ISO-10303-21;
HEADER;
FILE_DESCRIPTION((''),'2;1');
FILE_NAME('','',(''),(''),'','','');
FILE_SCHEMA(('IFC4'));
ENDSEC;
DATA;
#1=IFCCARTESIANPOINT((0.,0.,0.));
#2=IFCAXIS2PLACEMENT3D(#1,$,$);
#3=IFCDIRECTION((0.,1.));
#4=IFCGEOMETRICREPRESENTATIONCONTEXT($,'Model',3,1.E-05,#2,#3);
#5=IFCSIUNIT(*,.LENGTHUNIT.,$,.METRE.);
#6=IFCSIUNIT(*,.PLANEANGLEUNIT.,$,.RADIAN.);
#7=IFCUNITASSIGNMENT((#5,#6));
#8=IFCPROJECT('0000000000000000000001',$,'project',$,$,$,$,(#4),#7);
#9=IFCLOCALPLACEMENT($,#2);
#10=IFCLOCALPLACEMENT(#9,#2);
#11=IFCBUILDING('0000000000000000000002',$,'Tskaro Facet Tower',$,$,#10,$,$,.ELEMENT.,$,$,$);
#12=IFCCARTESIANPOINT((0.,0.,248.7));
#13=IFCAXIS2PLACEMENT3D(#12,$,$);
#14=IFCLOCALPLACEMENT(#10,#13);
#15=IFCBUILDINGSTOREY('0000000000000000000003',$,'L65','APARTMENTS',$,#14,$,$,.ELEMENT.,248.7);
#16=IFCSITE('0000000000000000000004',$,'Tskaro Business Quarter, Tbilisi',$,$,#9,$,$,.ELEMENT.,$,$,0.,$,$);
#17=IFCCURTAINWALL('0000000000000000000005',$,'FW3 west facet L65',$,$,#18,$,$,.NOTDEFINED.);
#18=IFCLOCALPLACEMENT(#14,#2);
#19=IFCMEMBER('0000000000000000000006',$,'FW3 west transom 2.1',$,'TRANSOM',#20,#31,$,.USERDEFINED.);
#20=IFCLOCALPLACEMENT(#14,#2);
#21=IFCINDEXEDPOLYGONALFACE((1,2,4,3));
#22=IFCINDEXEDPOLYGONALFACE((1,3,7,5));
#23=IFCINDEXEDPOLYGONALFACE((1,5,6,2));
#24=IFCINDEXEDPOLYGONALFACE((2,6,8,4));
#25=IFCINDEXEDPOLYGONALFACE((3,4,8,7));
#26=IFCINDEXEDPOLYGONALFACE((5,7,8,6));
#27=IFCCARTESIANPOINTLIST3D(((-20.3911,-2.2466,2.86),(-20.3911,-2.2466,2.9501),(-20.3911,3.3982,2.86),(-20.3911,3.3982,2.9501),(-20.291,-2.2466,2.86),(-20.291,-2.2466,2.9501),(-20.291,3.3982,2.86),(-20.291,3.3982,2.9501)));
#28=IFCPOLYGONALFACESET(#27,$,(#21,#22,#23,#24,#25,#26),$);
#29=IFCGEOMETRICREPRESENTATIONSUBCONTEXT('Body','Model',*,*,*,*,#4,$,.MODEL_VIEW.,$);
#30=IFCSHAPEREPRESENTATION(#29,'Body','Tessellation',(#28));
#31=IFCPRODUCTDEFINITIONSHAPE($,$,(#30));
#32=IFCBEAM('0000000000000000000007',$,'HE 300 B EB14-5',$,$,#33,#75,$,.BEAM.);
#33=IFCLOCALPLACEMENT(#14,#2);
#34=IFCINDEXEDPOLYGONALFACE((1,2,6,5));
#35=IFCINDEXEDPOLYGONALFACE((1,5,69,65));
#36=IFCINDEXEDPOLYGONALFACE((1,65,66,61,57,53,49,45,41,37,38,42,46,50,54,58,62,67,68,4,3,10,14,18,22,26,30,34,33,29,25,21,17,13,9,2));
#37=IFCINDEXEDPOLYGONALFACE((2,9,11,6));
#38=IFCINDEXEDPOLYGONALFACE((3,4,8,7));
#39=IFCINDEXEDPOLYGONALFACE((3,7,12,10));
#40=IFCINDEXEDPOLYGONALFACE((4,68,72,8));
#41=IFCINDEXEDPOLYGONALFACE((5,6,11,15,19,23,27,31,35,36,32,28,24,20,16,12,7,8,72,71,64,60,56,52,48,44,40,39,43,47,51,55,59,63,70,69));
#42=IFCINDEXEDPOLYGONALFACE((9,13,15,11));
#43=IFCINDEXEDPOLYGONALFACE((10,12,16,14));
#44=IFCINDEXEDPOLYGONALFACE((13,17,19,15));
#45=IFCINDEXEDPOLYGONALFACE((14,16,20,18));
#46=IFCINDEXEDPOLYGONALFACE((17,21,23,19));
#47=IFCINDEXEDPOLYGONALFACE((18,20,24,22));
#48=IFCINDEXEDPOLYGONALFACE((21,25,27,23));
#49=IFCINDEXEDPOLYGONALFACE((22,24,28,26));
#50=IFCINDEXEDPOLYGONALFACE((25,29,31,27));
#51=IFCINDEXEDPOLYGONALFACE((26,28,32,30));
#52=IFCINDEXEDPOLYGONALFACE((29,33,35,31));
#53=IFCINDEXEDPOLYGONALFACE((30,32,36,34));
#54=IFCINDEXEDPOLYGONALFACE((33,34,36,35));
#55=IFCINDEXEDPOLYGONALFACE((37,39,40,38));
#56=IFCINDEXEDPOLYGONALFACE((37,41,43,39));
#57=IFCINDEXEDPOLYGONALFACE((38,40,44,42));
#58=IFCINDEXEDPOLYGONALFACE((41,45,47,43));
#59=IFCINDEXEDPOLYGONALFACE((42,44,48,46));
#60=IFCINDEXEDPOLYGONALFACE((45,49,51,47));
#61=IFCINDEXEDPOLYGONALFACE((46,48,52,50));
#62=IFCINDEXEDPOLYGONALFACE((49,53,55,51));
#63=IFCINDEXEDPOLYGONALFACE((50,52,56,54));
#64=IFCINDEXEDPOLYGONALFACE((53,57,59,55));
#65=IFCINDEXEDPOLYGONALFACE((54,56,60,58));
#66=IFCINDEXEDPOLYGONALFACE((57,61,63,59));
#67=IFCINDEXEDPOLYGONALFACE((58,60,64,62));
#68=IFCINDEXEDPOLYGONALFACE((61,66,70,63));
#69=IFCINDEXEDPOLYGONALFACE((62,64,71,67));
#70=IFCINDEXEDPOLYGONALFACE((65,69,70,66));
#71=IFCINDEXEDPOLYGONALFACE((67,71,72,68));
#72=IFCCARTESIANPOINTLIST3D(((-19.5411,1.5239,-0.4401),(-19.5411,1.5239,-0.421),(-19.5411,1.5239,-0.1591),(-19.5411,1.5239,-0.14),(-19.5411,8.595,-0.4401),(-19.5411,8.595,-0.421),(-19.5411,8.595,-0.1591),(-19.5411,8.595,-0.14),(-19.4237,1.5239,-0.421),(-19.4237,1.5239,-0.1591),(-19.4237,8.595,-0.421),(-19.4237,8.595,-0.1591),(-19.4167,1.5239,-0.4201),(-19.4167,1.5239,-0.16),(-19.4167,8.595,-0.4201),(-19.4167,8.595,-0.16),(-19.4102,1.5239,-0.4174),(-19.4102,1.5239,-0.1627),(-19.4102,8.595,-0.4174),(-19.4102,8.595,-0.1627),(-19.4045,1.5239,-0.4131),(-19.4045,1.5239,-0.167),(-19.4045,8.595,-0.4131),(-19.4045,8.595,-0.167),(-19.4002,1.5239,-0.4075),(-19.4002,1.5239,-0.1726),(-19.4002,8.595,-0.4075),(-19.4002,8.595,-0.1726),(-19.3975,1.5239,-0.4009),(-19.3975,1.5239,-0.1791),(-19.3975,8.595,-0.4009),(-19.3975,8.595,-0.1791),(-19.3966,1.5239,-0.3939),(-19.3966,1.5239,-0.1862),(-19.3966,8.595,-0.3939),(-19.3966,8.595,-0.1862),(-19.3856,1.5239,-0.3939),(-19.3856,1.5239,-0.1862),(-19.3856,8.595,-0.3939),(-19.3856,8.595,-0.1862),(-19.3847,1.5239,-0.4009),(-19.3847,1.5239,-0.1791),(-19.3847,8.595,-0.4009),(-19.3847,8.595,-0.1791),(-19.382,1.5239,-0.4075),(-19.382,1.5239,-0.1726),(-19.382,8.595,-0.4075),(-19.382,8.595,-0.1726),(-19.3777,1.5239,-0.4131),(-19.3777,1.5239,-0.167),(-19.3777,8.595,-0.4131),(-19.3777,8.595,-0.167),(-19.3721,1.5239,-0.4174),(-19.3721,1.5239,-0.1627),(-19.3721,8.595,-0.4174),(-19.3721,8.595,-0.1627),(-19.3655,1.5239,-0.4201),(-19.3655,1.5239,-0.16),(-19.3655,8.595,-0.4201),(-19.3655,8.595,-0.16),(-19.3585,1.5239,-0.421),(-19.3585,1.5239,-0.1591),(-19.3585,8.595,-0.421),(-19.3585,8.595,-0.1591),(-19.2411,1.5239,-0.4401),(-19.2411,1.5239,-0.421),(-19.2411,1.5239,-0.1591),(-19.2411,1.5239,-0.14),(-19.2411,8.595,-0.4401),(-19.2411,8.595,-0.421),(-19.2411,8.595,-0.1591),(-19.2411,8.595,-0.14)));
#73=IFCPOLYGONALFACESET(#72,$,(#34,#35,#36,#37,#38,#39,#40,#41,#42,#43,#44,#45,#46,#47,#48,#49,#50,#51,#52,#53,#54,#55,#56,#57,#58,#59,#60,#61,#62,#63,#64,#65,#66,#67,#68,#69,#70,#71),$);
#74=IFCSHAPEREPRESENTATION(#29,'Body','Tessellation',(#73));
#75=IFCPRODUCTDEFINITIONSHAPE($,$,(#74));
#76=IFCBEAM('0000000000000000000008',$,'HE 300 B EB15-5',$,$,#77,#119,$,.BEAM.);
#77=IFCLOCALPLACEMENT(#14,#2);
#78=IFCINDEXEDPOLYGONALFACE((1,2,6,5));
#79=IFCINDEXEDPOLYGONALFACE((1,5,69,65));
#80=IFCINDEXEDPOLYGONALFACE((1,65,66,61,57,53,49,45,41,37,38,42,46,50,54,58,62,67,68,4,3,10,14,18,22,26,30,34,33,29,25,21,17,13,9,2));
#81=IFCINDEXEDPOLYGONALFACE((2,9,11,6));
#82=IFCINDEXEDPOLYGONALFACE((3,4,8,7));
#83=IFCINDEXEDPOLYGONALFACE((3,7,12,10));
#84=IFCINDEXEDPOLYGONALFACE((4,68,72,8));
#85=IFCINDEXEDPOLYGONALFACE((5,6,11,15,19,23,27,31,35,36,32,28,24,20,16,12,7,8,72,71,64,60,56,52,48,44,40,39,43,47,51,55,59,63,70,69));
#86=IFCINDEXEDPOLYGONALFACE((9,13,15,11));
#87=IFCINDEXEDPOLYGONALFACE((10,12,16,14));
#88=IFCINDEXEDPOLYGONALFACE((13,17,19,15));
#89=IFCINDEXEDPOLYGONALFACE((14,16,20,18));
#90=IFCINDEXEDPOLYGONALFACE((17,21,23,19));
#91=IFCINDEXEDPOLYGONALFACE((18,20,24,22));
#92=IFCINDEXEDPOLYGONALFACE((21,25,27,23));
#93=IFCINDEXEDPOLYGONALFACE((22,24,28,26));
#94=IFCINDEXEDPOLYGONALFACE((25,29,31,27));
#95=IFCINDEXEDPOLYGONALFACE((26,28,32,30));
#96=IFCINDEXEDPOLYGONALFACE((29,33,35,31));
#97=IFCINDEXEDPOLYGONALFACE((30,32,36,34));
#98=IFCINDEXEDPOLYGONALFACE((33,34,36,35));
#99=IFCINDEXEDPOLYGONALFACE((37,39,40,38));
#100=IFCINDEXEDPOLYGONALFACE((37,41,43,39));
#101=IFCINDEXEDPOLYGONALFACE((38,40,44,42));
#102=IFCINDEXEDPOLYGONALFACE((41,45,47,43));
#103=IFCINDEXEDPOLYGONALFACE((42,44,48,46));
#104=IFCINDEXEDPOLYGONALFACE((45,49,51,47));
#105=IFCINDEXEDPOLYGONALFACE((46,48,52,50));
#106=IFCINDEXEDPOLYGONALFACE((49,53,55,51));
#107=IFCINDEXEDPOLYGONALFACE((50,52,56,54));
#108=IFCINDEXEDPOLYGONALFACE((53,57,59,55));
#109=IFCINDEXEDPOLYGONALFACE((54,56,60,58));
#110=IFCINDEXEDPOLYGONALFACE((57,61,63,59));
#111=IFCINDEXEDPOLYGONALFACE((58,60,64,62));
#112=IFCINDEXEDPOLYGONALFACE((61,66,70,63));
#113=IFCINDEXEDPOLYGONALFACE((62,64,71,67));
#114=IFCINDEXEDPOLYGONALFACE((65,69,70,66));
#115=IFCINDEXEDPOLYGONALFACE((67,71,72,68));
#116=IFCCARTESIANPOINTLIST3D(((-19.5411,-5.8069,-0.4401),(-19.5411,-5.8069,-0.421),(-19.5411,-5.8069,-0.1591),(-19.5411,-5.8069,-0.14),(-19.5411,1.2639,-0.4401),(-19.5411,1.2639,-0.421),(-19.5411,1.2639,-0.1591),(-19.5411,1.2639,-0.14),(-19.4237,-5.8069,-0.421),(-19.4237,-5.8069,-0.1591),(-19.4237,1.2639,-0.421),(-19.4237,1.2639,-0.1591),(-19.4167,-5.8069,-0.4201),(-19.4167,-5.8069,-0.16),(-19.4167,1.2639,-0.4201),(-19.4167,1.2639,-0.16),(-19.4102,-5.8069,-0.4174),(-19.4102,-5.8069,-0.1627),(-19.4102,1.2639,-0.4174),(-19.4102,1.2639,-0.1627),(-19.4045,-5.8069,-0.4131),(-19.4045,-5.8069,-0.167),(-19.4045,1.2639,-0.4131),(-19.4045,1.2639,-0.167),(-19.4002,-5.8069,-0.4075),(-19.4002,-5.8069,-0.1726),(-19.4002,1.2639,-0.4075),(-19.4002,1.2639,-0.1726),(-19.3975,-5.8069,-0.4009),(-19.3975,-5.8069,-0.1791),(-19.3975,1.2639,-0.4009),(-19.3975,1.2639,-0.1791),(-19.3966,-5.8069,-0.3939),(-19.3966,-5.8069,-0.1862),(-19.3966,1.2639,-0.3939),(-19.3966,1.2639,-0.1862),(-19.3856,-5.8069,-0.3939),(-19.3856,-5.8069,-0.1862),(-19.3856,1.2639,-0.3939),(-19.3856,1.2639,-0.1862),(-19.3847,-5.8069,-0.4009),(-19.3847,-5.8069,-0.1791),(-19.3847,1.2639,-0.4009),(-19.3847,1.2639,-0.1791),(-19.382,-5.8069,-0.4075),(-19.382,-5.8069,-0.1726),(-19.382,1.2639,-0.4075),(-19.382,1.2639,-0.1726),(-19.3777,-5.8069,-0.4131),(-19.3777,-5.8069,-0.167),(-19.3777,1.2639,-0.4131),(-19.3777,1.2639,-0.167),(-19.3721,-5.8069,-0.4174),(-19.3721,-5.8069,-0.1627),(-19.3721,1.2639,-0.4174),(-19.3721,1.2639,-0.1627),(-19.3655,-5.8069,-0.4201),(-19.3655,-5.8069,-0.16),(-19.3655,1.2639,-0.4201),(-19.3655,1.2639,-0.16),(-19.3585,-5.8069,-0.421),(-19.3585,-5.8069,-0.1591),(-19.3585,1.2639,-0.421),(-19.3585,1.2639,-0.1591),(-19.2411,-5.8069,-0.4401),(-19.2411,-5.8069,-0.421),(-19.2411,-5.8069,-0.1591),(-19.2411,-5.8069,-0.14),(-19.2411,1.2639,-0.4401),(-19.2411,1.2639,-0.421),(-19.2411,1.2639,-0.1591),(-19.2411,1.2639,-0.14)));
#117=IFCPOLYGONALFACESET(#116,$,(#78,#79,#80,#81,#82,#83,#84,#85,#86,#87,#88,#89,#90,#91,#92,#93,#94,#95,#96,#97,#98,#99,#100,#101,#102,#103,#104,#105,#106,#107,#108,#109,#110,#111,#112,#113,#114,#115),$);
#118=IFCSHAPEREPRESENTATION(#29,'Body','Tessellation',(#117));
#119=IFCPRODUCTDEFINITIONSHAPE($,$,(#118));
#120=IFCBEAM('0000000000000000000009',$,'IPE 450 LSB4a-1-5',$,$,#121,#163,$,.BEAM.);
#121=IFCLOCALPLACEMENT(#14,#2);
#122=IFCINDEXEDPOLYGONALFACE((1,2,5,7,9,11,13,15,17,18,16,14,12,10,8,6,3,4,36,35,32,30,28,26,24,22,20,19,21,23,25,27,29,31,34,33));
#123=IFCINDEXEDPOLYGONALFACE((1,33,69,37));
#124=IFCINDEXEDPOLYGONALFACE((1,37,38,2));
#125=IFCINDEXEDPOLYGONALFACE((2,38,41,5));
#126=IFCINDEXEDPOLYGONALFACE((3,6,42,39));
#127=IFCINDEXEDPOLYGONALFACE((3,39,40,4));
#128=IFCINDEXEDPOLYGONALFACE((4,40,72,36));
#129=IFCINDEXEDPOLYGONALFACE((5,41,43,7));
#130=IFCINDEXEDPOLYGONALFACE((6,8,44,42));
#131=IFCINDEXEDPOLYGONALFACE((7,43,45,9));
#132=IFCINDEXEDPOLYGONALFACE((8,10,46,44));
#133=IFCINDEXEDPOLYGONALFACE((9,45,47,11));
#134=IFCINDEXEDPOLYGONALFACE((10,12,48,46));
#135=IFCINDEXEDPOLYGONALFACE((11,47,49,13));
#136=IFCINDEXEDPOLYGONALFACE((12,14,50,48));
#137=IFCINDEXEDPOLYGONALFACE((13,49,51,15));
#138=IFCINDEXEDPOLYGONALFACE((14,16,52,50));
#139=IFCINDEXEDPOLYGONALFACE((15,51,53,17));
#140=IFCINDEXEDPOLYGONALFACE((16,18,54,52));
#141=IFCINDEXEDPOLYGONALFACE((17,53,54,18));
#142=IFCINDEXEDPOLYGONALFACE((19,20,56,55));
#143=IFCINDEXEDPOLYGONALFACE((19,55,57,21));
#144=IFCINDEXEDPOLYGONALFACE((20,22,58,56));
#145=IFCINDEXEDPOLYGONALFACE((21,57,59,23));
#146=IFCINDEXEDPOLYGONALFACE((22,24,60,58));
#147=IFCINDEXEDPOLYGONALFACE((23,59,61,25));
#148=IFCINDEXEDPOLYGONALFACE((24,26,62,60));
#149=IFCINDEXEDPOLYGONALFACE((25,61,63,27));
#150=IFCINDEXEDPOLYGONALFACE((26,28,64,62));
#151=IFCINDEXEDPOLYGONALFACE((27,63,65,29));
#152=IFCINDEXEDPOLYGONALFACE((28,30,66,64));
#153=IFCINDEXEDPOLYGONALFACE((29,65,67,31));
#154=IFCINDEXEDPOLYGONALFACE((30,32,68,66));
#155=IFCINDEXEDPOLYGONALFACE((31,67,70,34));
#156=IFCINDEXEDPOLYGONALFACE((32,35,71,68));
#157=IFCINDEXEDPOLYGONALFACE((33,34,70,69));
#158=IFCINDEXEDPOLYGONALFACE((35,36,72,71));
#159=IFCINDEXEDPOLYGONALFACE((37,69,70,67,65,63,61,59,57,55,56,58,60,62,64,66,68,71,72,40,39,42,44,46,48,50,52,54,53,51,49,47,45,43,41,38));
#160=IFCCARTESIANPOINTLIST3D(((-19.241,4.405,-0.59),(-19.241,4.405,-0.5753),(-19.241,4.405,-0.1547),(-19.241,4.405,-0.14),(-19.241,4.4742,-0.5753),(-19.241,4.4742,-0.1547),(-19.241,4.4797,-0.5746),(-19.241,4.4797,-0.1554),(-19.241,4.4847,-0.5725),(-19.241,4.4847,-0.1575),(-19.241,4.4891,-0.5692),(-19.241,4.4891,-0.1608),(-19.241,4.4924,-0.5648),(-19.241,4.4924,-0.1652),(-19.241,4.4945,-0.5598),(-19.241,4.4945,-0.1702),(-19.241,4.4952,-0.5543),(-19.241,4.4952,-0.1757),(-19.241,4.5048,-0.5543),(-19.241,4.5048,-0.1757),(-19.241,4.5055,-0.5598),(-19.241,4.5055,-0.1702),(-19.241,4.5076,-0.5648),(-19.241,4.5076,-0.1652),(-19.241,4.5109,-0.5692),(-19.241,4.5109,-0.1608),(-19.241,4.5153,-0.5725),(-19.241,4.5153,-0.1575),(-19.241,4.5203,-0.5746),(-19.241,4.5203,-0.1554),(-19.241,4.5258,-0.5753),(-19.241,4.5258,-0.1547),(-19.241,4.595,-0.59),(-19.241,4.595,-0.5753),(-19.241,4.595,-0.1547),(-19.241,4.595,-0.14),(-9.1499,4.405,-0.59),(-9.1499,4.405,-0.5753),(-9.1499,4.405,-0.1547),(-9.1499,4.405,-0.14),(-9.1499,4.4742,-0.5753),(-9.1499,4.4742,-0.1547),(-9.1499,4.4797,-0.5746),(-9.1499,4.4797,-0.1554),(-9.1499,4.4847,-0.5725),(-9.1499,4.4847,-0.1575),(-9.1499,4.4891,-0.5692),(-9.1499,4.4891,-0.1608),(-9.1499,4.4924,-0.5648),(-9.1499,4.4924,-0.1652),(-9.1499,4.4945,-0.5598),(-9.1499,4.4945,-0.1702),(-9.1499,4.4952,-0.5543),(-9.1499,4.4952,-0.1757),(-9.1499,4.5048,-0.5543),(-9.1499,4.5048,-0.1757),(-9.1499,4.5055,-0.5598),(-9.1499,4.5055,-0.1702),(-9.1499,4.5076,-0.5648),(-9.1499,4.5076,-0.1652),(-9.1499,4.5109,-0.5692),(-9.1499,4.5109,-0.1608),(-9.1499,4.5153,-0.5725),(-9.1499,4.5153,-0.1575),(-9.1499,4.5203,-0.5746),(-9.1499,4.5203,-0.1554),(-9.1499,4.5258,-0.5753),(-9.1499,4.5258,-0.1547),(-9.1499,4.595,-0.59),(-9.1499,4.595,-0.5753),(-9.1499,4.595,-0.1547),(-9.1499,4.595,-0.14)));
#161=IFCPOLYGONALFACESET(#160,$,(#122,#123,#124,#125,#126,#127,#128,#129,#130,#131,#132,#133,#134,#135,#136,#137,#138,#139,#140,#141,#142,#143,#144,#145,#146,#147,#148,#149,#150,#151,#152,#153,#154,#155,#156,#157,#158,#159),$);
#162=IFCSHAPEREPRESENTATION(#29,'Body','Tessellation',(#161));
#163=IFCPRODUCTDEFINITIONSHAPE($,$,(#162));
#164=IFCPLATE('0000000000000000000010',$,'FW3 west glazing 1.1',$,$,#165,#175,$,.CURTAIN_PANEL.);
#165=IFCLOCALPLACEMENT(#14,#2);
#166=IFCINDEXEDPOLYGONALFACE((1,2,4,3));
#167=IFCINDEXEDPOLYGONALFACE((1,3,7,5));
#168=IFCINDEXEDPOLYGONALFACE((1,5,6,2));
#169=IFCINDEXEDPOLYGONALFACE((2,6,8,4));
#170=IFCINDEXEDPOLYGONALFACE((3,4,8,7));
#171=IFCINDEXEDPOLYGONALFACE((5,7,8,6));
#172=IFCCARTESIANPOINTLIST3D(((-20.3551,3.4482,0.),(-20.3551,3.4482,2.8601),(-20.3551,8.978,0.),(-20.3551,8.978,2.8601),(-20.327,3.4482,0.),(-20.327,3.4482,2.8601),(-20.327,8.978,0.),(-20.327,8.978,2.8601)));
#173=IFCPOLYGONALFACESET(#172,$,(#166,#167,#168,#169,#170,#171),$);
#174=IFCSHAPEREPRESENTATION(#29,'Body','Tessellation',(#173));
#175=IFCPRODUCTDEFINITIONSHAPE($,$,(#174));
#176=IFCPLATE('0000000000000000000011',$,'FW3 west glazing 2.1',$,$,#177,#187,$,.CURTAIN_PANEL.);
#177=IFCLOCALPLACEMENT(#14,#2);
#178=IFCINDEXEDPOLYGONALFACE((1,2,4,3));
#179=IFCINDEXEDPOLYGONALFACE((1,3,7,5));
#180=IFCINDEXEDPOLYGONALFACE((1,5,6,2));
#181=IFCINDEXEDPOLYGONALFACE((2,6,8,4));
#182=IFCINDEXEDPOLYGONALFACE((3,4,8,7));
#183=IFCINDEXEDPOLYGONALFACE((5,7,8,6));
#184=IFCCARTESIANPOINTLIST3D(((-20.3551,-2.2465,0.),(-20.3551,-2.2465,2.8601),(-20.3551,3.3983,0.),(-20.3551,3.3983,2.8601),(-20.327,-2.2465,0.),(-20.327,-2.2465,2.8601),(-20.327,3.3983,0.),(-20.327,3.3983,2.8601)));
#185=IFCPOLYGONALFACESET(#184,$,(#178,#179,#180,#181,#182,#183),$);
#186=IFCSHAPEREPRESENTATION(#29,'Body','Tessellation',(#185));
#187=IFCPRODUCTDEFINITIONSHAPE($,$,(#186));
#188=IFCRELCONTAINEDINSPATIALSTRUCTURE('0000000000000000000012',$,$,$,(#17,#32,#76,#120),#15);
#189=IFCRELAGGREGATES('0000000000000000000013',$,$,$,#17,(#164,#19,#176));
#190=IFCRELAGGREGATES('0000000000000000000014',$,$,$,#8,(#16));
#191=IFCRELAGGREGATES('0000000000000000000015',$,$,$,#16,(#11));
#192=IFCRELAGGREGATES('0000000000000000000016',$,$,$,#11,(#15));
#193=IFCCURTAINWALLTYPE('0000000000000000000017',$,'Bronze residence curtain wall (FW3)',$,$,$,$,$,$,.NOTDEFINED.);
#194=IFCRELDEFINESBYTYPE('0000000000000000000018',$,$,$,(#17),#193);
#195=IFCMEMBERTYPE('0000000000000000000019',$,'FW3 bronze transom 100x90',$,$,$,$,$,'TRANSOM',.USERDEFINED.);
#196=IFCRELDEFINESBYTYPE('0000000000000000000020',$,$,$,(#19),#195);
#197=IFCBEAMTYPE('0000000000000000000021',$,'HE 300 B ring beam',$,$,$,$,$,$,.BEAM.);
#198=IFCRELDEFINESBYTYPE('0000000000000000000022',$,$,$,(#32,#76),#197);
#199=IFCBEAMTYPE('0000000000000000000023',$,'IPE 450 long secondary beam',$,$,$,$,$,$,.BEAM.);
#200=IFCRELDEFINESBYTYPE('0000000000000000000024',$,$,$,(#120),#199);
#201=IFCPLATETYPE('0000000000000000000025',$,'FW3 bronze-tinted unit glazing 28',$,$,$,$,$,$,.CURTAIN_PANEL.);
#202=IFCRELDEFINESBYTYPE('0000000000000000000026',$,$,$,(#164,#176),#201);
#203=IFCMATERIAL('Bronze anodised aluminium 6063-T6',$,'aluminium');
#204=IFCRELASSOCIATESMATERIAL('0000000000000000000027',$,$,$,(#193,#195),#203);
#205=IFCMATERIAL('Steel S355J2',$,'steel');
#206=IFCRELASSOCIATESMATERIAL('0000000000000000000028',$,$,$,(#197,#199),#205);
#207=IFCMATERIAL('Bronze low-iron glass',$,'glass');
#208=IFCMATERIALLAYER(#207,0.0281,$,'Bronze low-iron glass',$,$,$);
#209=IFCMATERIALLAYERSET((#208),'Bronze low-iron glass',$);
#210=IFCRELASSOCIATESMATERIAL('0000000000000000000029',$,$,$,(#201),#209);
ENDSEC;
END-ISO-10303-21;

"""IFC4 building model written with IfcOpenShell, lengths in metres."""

from ifc_helpers import new_model, si_unit, direction, frame, origin, origin_2d, place, context, subcontext, project, spatial, rectangle, i_section, extrude, material, layer, layer_set, material_profile, profile_set, type_object, element, aggregate, save


model = new_model("IFC4")

# Units and contexts
model_context = context("Model", 3, precision=1e-05, world=origin(), true_north=direction((0.0, 1.0)))
body_context = subcontext(model_context, "Body", "Model", "MODEL_VIEW")
ifc_project = project(units=[si_unit("LENGTHUNIT", "METRE"), si_unit("PLANEANGLEUNIT", "RADIAN")], contexts=[model_context])

# Site, building, storey
site_placement = place(None, origin())
site = spatial("IfcSite", under=ifc_project, at=site_placement, Name="Tskaro Business Quarter, Tbilisi", CompositionType="ELEMENT", RefElevation=0.0)
building_placement = place(site_placement, origin())
building = spatial("IfcBuilding", under=site, at=building_placement, Name="Tskaro Facet Tower", CompositionType="ELEMENT")
storey_placement = place(building_placement, frame((0.0, 0.0, 248.7)))
storey = spatial("IfcBuildingStorey", under=building, at=storey_placement, Name="L65", Description="APARTMENTS", CompositionType="ELEMENT", Elevation=248.7)

# Shared definitions
ifc_material_1 = material(Name="Steel S355J2", Category="steel")

# Curtain wall, member
ifc_material_2 = material(Name="Bronze anodised aluminium 6063-T6", Category="aluminium")
curtain_wall_type = type_object("IfcCurtainWallType", Name="Bronze residence curtain wall (FW3)", PredefinedType="NOTDEFINED", material=ifc_material_2)
curtain_wall_placement = place(storey_placement, origin())
curtain_wall = element("IfcCurtainWall", 1, at=curtain_wall_placement, inside=storey, type_object=curtain_wall_type, Name="FW3 west facet L65", PredefinedType="NOTDEFINED")
ifc_material_profile_1 = material_profile(ifc_material_2, rectangle(XDim=0.1001, YDim=0.0901, at=origin_2d()), Name="Transom 100x90")
ifc_profile_set_1 = profile_set([ifc_material_profile_1], Name="Bronze anodised aluminium 6063-T6")
member_type_1 = type_object("IfcMemberType", Name="FW3 bronze transom 100x90", ElementType="TRANSOM", PredefinedType="USERDEFINED", material=ifc_profile_set_1)
member_1_placement = place(storey_placement, frame((-20.3411, 3.3982, 2.905), z_axis=(0.0, -1.0, 0.0), x_axis=(1.0, 0.0, 0.0)))
member_1 = element("IfcMember", 2, at=member_1_placement, type_object=member_type_1, Name="FW3 west transom 2.1", ObjectType="TRANSOM", PredefinedType="USERDEFINED", context=body_context, shape_type="SweptSolid", body=[
    extrude(rectangle(XDim=0.1001, YDim=0.0901, at=origin_2d()), origin(), (0.0, 0.0, 1.0), 5.6448),
])

# Beams
ifc_material_profile_2 = material_profile(ifc_material_1, i_section(OverallWidth=0.3, OverallDepth=0.3, WebThickness=0.011, FlangeThickness=0.019, FilletRadius=0.0271, at=origin_2d()), Name="HE 300 B")
ifc_profile_set_2 = profile_set([ifc_material_profile_2], Name="Steel S355J2")
beam_type_1 = type_object("IfcBeamType", Name="HE 300 B ring beam", PredefinedType="BEAM", material=ifc_profile_set_2)
beam_1_placement = place(storey_placement, frame((-19.3911, 8.595, -0.29), z_axis=(0.0, -1.0, 0.0), x_axis=(1.0, 0.0, 0.0)))
element("IfcBeam", 3, at=beam_1_placement, inside=storey, type_object=beam_type_1, Name="HE 300 B EB14-5", PredefinedType="BEAM", context=body_context, shape_type="SweptSolid", body=[
    extrude(i_section(OverallWidth=0.3, OverallDepth=0.3, WebThickness=0.011, FlangeThickness=0.019, FilletRadius=0.0271, at=origin_2d()), origin(), (0.0, 0.0, 1.0), 7.071),
])
beam_2_placement = place(storey_placement, frame((-19.3911, 1.2639, -0.29), z_axis=(0.0, -1.0, 0.0), x_axis=(1.0, 0.0, 0.0)))
element("IfcBeam", 4, at=beam_2_placement, inside=storey, type_object=beam_type_1, Name="HE 300 B EB15-5", PredefinedType="BEAM", context=body_context, shape_type="SweptSolid", body=[
    extrude(i_section(OverallWidth=0.3, OverallDepth=0.3, WebThickness=0.011, FlangeThickness=0.019, FilletRadius=0.0271, at=origin_2d()), origin(), (0.0, 0.0, 1.0), 7.0708),
])
ifc_material_profile_3 = material_profile(ifc_material_1, i_section(OverallWidth=0.1899, OverallDepth=0.45, WebThickness=0.0095, FlangeThickness=0.0146, FilletRadius=0.021, at=origin_2d()), Name="IPE 450")
ifc_profile_set_3 = profile_set([ifc_material_profile_3], Name="Steel S355J2")
beam_type_2 = type_object("IfcBeamType", Name="IPE 450 long secondary beam", PredefinedType="BEAM", material=ifc_profile_set_3)
beam_3_placement = place(storey_placement, frame((-19.241, 4.5, -0.365), z_axis=(1.0, 0.0, 0.0), x_axis=(0.0, 1.0, 0.0)))
element("IfcBeam", 5, at=beam_3_placement, inside=storey, type_object=beam_type_2, Name="IPE 450 LSB4a-1-5", PredefinedType="BEAM", context=body_context, shape_type="SweptSolid", body=[
    extrude(i_section(OverallWidth=0.1899, OverallDepth=0.45, WebThickness=0.0095, FlangeThickness=0.0146, FilletRadius=0.021, at=origin_2d()), origin(), (0.0, 0.0, 1.0), 10.0911),
])

# Plates
ifc_material_3 = material(Name="Bronze low-iron glass", Category="glass")
ifc_layer_1 = layer(ifc_material_3, 0.0281, Name="Bronze low-iron glass")
ifc_layer_set_1 = layer_set([ifc_layer_1], Name="Bronze low-iron glass")
plate_type = type_object("IfcPlateType", Name="FW3 bronze-tinted unit glazing 28", PredefinedType="CURTAIN_PANEL", material=ifc_layer_set_1)
plate_1_placement = place(storey_placement, frame((-20.3411, 6.2131, 0.0), z_axis=(0.0, 0.0, 1.0), x_axis=(0.0, -1.0, 0.0)))
plate_1 = element("IfcPlate", 6, at=plate_1_placement, type_object=plate_type, Name="FW3 west glazing 1.1", PredefinedType="CURTAIN_PANEL", context=body_context, shape_type="SweptSolid", body=[
    extrude(rectangle(XDim=5.5298, YDim=0.0281, at=origin_2d()), origin(), (0.0, 0.0, 1.0), 2.8601),
])
plate_2_placement = place(storey_placement, frame((-20.3411, 0.5759, 0.0), z_axis=(0.0, 0.0, 1.0), x_axis=(0.0, -1.0, 0.0)))
plate_2 = element("IfcPlate", 7, at=plate_2_placement, type_object=plate_type, Name="FW3 west glazing 2.1", PredefinedType="CURTAIN_PANEL", context=body_context, shape_type="SweptSolid", body=[
    extrude(rectangle(XDim=5.6448, YDim=0.0281, at=origin_2d()), origin(), (0.0, 0.0, 1.0), 2.8601),
])
aggregate(curtain_wall, [plate_1, member_1, plate_2])

save(model, "model.ifc")
